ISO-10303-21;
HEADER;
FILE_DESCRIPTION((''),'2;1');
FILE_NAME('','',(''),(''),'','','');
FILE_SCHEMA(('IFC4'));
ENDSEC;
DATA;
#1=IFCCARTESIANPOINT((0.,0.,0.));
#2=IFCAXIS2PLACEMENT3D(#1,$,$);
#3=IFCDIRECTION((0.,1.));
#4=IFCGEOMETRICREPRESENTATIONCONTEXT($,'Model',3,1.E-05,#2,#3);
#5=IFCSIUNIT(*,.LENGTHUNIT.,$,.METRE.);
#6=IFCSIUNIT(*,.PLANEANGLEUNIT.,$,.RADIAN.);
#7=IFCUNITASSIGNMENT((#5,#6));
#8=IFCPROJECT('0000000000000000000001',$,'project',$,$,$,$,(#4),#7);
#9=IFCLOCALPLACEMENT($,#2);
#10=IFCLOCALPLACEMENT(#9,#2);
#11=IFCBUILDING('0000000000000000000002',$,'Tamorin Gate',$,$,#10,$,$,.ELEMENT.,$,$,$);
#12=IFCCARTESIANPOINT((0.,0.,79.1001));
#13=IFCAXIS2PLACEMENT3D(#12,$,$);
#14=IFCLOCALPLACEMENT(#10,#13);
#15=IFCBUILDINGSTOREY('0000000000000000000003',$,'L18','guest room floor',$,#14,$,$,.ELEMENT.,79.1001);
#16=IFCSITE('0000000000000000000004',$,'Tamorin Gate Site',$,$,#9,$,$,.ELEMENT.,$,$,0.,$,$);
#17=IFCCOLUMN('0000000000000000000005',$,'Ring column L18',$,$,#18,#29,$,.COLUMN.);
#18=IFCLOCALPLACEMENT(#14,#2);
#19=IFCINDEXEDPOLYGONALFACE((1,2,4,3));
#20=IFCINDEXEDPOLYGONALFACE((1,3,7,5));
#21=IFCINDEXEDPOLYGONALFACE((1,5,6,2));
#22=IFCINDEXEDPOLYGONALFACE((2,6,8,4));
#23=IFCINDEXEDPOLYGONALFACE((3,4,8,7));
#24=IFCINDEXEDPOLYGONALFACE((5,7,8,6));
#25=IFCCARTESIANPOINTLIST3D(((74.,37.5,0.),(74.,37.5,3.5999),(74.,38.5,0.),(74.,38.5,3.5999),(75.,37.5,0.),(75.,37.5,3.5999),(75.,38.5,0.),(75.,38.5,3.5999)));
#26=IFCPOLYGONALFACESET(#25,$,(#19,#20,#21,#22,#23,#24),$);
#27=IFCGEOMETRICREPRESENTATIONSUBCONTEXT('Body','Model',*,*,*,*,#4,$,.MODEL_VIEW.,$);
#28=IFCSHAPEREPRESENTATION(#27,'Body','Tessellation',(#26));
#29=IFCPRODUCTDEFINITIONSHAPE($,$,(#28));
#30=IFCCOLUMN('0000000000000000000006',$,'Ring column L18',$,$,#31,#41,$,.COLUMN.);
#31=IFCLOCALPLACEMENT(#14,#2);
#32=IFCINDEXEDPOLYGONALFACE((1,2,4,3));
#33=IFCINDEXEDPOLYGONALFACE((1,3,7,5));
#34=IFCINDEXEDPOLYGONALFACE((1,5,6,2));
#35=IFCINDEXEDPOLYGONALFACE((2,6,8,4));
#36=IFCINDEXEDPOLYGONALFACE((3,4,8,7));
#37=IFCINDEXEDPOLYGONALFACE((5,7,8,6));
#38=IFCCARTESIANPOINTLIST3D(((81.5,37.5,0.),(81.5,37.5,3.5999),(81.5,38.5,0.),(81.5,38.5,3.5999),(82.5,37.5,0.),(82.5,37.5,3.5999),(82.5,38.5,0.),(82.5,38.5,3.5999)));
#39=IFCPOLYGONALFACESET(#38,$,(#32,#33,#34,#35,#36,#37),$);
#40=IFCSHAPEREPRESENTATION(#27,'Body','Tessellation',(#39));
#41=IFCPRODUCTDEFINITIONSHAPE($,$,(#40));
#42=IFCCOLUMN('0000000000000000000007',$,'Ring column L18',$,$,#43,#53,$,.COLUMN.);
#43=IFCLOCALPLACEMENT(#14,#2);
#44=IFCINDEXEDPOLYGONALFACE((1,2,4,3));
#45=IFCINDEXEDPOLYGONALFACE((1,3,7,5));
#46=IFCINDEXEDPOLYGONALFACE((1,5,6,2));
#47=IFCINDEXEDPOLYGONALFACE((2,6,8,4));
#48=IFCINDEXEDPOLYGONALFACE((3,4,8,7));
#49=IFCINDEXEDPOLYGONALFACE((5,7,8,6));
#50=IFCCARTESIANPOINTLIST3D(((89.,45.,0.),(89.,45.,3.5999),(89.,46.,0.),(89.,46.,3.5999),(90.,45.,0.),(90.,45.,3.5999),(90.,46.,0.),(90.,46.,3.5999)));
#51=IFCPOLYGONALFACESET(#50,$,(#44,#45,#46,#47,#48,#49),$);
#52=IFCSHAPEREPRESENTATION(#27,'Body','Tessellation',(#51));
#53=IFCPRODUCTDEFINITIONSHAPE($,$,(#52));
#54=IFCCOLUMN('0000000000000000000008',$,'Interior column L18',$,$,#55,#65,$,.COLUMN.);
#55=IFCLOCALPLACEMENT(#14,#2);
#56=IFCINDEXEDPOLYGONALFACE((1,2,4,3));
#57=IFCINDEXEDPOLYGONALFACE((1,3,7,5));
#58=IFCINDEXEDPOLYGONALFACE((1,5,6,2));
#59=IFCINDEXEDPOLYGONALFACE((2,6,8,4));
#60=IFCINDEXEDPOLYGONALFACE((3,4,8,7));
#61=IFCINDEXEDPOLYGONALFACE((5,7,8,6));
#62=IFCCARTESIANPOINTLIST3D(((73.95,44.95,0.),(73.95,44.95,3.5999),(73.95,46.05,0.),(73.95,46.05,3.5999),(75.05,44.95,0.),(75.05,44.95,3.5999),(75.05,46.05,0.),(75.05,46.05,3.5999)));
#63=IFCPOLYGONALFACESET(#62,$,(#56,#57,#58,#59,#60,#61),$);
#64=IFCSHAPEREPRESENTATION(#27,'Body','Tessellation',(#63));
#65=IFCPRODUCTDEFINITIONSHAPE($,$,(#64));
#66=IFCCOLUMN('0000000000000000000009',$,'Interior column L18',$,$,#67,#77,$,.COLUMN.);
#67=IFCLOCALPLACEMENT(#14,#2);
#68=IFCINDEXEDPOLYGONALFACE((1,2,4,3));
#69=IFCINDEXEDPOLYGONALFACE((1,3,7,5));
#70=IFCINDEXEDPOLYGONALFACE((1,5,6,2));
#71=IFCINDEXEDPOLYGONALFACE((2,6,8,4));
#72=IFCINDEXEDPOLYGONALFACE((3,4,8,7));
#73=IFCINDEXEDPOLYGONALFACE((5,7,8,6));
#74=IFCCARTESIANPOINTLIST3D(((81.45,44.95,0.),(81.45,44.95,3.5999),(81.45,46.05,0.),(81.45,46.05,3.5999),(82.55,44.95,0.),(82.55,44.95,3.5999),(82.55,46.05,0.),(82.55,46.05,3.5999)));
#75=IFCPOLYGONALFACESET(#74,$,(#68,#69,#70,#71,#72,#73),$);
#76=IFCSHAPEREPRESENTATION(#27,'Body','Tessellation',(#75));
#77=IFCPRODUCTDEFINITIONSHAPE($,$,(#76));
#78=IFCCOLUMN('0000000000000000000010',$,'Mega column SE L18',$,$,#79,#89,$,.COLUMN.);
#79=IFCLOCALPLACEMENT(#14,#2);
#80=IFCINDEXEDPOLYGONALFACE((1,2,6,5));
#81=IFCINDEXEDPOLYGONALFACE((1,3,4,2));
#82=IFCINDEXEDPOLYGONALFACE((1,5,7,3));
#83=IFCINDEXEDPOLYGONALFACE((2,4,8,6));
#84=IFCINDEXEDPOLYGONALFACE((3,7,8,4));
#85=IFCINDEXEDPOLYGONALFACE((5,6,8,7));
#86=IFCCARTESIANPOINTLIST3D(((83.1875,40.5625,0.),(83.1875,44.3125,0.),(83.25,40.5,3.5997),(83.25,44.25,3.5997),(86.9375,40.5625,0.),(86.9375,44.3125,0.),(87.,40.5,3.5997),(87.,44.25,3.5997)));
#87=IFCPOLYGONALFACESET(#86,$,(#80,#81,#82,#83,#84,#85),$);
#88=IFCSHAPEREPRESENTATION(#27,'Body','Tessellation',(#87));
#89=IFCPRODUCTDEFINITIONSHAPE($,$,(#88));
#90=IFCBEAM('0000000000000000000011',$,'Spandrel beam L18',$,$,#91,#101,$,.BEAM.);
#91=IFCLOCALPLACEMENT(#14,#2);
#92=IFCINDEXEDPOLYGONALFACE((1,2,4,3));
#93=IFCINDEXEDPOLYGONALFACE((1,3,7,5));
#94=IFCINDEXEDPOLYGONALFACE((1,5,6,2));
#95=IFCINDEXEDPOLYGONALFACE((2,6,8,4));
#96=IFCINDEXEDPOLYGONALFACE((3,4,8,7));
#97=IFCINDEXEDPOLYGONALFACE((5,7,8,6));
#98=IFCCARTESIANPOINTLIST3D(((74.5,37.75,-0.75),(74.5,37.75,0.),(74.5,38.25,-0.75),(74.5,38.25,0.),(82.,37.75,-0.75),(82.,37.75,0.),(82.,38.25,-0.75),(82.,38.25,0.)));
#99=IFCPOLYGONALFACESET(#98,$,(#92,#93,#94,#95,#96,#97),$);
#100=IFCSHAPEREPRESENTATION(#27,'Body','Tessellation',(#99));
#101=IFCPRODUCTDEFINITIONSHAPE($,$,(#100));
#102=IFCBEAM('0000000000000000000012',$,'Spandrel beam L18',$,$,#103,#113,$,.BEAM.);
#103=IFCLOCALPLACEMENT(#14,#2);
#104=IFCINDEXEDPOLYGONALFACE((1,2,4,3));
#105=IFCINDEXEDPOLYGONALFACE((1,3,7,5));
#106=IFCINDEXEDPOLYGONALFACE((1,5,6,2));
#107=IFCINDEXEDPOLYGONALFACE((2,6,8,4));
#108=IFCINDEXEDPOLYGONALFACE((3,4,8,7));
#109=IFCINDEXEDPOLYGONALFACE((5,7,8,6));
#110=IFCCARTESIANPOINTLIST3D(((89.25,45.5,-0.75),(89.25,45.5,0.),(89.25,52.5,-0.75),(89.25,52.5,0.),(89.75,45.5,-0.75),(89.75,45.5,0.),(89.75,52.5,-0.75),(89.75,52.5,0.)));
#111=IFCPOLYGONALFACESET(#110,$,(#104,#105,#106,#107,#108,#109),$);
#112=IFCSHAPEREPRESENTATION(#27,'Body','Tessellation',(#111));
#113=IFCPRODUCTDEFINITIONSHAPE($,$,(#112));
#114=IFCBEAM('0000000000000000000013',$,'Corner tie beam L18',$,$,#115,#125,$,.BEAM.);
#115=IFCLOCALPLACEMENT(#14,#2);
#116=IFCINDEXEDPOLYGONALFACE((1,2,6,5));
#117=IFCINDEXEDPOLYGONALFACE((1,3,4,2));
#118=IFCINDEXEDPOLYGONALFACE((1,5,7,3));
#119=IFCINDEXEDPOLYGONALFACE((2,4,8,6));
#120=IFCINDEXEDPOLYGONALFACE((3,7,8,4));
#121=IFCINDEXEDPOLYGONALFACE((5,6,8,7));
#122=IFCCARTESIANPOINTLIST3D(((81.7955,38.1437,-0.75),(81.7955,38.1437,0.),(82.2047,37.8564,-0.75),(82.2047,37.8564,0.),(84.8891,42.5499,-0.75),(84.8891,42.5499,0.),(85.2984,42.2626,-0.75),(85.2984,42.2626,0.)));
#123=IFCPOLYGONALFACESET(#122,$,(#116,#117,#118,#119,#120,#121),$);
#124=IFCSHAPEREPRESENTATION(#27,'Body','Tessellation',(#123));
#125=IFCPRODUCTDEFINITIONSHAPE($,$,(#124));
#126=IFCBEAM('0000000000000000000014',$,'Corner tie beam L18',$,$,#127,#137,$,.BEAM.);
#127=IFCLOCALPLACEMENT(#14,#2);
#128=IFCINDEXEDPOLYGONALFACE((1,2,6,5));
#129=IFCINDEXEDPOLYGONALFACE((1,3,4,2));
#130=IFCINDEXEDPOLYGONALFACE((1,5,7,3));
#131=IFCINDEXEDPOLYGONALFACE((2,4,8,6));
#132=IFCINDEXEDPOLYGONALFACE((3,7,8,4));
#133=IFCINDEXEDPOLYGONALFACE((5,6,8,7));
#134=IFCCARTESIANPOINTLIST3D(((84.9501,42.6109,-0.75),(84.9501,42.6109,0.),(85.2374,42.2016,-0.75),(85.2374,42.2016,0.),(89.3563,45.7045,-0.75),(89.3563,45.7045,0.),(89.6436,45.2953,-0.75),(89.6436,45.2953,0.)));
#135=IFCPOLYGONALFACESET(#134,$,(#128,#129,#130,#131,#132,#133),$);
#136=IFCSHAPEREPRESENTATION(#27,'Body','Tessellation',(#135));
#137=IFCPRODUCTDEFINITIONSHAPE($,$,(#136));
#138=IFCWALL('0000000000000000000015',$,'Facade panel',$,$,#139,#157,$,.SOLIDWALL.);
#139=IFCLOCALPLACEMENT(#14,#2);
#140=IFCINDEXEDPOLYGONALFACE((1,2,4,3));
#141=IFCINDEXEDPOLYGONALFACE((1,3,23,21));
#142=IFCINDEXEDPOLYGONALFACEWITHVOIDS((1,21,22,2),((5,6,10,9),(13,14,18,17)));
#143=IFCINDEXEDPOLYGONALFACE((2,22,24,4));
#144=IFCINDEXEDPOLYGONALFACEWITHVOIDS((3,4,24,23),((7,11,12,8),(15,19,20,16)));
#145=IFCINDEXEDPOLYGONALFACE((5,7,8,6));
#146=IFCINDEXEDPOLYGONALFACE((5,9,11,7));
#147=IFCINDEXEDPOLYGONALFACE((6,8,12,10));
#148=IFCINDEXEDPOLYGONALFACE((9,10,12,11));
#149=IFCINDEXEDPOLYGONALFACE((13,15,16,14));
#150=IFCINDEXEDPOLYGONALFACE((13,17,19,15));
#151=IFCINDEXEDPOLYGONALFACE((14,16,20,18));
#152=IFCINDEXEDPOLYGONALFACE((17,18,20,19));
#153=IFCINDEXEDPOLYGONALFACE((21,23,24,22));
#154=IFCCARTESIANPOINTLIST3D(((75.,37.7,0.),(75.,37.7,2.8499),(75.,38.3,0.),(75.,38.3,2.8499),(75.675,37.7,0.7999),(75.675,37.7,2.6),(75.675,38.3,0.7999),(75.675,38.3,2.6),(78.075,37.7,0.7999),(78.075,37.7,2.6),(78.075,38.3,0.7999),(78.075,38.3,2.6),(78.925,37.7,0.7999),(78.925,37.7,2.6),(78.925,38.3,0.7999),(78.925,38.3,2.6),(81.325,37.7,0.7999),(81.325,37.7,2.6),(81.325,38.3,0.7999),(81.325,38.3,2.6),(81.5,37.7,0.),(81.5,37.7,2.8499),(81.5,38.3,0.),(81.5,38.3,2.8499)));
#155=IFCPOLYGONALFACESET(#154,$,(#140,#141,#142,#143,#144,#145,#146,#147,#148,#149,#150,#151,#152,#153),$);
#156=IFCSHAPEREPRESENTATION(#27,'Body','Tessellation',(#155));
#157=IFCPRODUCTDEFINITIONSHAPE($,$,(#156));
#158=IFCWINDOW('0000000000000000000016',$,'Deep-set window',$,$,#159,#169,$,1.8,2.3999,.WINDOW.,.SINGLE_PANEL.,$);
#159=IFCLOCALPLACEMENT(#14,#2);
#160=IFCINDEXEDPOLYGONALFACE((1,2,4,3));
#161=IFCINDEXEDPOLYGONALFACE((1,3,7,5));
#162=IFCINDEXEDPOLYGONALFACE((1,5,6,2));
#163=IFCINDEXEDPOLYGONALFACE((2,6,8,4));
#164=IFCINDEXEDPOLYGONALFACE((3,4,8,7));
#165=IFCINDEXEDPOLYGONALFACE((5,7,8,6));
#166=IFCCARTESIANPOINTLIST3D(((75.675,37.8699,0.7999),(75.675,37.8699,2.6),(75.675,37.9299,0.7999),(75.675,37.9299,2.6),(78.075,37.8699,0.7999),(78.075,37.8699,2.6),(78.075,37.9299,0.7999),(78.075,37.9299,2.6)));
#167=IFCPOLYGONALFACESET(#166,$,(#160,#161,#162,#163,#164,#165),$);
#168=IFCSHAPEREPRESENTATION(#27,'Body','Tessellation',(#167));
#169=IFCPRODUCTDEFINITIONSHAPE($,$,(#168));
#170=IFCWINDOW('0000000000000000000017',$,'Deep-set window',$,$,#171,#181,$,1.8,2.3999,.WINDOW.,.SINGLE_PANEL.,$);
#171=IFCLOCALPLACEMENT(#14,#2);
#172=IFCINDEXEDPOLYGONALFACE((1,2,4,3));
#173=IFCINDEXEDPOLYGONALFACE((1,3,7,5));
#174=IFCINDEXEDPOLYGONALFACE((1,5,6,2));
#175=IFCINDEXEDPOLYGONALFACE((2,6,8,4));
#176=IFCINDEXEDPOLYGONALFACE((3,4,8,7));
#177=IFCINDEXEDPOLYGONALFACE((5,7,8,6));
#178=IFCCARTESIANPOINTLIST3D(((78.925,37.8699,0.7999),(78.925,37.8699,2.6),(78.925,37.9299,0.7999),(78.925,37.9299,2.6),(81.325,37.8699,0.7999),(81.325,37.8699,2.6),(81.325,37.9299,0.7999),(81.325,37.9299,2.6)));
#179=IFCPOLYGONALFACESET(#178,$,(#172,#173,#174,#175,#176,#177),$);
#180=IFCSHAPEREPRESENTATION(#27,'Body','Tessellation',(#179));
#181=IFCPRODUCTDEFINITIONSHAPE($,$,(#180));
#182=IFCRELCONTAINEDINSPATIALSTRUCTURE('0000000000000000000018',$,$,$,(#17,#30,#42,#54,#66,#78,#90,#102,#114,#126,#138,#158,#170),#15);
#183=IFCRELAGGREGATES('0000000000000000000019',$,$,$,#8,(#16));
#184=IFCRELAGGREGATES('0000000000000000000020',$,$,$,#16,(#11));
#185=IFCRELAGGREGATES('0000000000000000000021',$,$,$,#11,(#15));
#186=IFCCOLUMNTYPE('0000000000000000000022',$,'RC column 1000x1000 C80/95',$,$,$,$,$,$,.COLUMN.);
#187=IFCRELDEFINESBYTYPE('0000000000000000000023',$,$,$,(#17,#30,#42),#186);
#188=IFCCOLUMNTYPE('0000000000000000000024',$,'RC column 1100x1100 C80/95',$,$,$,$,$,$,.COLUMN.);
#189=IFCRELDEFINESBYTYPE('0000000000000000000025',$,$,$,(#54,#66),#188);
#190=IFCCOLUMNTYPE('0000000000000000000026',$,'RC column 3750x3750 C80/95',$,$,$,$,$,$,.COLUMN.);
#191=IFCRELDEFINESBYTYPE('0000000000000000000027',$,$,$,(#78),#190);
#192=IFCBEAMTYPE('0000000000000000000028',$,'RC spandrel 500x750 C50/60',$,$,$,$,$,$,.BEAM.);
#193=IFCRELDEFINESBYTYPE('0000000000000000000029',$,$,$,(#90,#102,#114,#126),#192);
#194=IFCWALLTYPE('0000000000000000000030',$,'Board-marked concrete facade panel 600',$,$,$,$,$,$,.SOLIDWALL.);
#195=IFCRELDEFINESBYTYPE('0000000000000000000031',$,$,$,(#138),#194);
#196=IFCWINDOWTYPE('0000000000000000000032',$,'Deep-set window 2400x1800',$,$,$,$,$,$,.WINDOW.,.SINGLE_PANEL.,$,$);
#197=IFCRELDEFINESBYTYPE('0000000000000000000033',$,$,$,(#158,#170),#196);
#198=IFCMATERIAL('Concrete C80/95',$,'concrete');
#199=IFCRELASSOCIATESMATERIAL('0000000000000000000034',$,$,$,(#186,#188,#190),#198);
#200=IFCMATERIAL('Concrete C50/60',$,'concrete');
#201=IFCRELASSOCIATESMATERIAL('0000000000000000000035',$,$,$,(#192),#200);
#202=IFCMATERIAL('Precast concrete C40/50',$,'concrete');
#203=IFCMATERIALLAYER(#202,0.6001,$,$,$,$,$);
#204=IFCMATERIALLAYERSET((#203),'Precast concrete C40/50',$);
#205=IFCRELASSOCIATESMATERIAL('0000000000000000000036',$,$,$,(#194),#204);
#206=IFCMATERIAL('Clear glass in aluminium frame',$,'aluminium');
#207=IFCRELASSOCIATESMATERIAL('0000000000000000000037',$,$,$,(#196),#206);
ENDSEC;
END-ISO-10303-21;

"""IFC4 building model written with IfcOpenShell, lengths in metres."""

from ifc_helpers import new_model, si_unit, direction, frame, frame_2d, origin, origin_2d, place, context, subcontext, project, spatial, rectangle, extrude, material, layer, layer_set, material_profile, profile_set, type_object, element, fill, save


model = new_model("IFC4")

# Units and contexts
model_context = context("Model", 3, precision=1e-05, world=origin(), true_north=direction((0.0, 1.0)))
body_context = subcontext(model_context, "Body", "Model", "MODEL_VIEW")
ifc_project = project(units=[si_unit("LENGTHUNIT", "METRE"), si_unit("PLANEANGLEUNIT", "RADIAN")], contexts=[model_context])

# Site, building, storey
site_placement = place(None, origin())
site = spatial("IfcSite", under=ifc_project, at=site_placement, Name="Tamorin Gate Site", CompositionType="ELEMENT", RefElevation=0.0)
building_placement = place(site_placement, origin())
building = spatial("IfcBuilding", under=site, at=building_placement, Name="Tamorin Gate", CompositionType="ELEMENT")
storey_placement = place(building_placement, frame((0.0, 0.0, 79.1001)))
storey = spatial("IfcBuildingStorey", under=building, at=storey_placement, Name="L18", Description="guest room floor", CompositionType="ELEMENT", Elevation=79.1001)

# Columns
ifc_material_1 = material(Name="Concrete C80/95", Category="concrete")
ifc_material_profile_1 = material_profile(ifc_material_1, rectangle(XDim=1.0, YDim=1.0, at=origin_2d()), Name="RC 1000x1000")
ifc_profile_set_1 = profile_set([ifc_material_profile_1], Name="Concrete C80/95")
column_type_1 = type_object("IfcColumnType", Name="RC column 1000x1000 C80/95", PredefinedType="COLUMN", material=ifc_profile_set_1)
for number, where, z_axis, x_axis, name in (
    (1, (74.5, 38.0, 0.0), (0.0, 0.0, 1.0), (1.0, 0.0, 0.0), "Ring column L18"),
    (2, (82.0, 38.0, 0.0), (0.0, 0.0, 1.0), (1.0, 0.0, 0.0), "Ring column L18"),
    (3, (89.5, 45.5, 0.0), (0.0, 0.0, 1.0), (1.0, 0.0, 0.0), "Ring column L18"),
):
    element("IfcColumn", number, at=place(storey_placement, frame(where, z_axis=z_axis, x_axis=x_axis)), inside=storey, type_object=column_type_1, Name=name, PredefinedType="COLUMN", context=body_context, shape_type="SweptSolid", body=[
        extrude(rectangle(XDim=1.0, YDim=1.0, at=origin_2d()), origin(), (0.0, 0.0, 1.0), 3.5999),
    ])
ifc_material_profile_2 = material_profile(ifc_material_1, rectangle(XDim=1.1001, YDim=1.1001, at=origin_2d()), Name="RC 1100x1100")
ifc_profile_set_2 = profile_set([ifc_material_profile_2], Name="Concrete C80/95")
column_type_2 = type_object("IfcColumnType", Name="RC column 1100x1100 C80/95", PredefinedType="COLUMN", material=ifc_profile_set_2)
for number, where, z_axis, x_axis, name in (
    (4, (74.5, 45.5, 0.0), (0.0, 0.0, 1.0), (1.0, 0.0, 0.0), "Interior column L18"),
    (5, (82.0, 45.5, 0.0), (0.0, 0.0, 1.0), (1.0, 0.0, 0.0), "Interior column L18"),
):
    element("IfcColumn", number, at=place(storey_placement, frame(where, z_axis=z_axis, x_axis=x_axis)), inside=storey, type_object=column_type_2, Name=name, PredefinedType="COLUMN", context=body_context, shape_type="SweptSolid", body=[
        extrude(rectangle(XDim=1.1001, YDim=1.1001, at=origin_2d()), origin(), (0.0, 0.0, 1.0), 3.5999),
    ])
ifc_material_profile_3 = material_profile(ifc_material_1, rectangle(XDim=3.75, YDim=3.75, at=origin_2d()), Name="RC 3750x3750")
ifc_profile_set_3 = profile_set([ifc_material_profile_3], Name="Concrete C80/95")
column_type_3 = type_object("IfcColumnType", Name="RC column 3750x3750 C80/95", PredefinedType="COLUMN", material=ifc_profile_set_3)
column_placement = place(storey_placement, frame((85.0625, 42.4375, 0.0), z_axis=(0.0, 0.0, 1.0), x_axis=(0.0, -1.0, 0.0)))
element("IfcColumn", 6, at=column_placement, inside=storey, type_object=column_type_3, Name="Mega column SE L18", PredefinedType="COLUMN", context=body_context, shape_type="SweptSolid", body=[
    extrude(rectangle(XDim=3.75, YDim=3.75, at=origin_2d()), origin(), (0.017357, 0.017357, 0.999699), 3.6008),
])

# Beams
ifc_material_2 = material(Name="Concrete C50/60", Category="concrete")
ifc_material_profile_4 = material_profile(ifc_material_2, rectangle(XDim=0.5, YDim=0.75, at=origin_2d()), Name="RC 500x750")
ifc_profile_set_4 = profile_set([ifc_material_profile_4], Name="Concrete C50/60")
beam_type = type_object("IfcBeamType", Name="RC spandrel 500x750 C50/60", PredefinedType="BEAM", material=ifc_profile_set_4)
beam_1_placement = place(storey_placement, frame((74.5, 38.0, -0.375), z_axis=(1.0, 0.0, 0.0), x_axis=(0.0, 1.0, 0.0)))
element("IfcBeam", 7, at=beam_1_placement, inside=storey, type_object=beam_type, Name="Spandrel beam L18", PredefinedType="BEAM", context=body_context, shape_type="SweptSolid", body=[
    extrude(rectangle(XDim=0.5, YDim=0.75, at=origin_2d()), origin(), (0.0, 0.0, 1.0), 7.5),
])
beam_2_placement = place(storey_placement, frame((89.5, 45.5, -0.375), z_axis=(0.0, 1.0, 0.0), x_axis=(-1.0, 0.0, 0.0)))
element("IfcBeam", 8, at=beam_2_placement, inside=storey, type_object=beam_type, Name="Spandrel beam L18", PredefinedType="BEAM", context=body_context, shape_type="SweptSolid", body=[
    extrude(rectangle(XDim=0.5, YDim=0.75, at=origin_2d()), origin(), (0.0, 0.0, 1.0), 7.0),
])
for number, where, z_axis, x_axis, name in (
    (9, (85.0938, 42.4062, -0.375), (-0.57463, -0.818413, 0.0), (0.818413, -0.57463, 0.0), "Corner tie beam L18"),
    (10, (85.0938, 42.4062, -0.375), (0.818413, 0.57463, 0.0), (-0.57463, 0.818413, 0.0), "Corner tie beam L18"),
):
    element("IfcBeam", number, at=place(storey_placement, frame(where, z_axis=z_axis, x_axis=x_axis)), inside=storey, type_object=beam_type, Name=name, PredefinedType="BEAM", context=body_context, shape_type="SweptSolid", body=[
        extrude(rectangle(XDim=0.5, YDim=0.75, at=origin_2d()), origin(), (0.0, 0.0, 1.0), 5.3838),
    ])

# Wall, openings, windows
ifc_material_3 = material(Name="Precast concrete C40/50", Category="concrete")
ifc_layer_1 = layer(ifc_material_3, 0.6001)
ifc_layer_set_1 = layer_set([ifc_layer_1], Name="Precast concrete C40/50")
wall_type_1 = type_object("IfcWallType", Name="Board-marked concrete facade panel 600", PredefinedType="SOLIDWALL", material=ifc_layer_set_1)
wall_1_placement = place(storey_placement, frame((75.0, 38.0, 0.0), z_axis=(0.0, 0.0, 1.0), x_axis=(1.0, 0.0, 0.0)))
wall_1 = element("IfcWall", 11, at=wall_1_placement, inside=storey, type_object=wall_type_1, Name="Facade panel", PredefinedType="SOLIDWALL", context=body_context, shape_type="SweptSolid", body=[
    extrude(rectangle(XDim=6.5, YDim=0.6001, at=frame_2d((3.25, 0.0))), origin(), (0.0, 0.0, 1.0), 2.8499),
])
opening_1_placement = place(wall_1_placement, frame((0.675, 0.0, 0.8)))
opening_1 = element("IfcOpeningElement", 12, at=opening_1_placement, cuts=wall_1, PredefinedType="OPENING", context=body_context, shape_type="SweptSolid", body=[
    extrude(rectangle(XDim=2.3999, YDim=1.8, at=frame_2d((1.2, 0.8999))), frame((0.0, 0.3101, 0.0), z_axis=(0.0, -1.0, 0.0), x_axis=(1.0, 0.0, 0.0)), (0.0, 0.0, 1.0), 0.6201),
])
opening_2_placement = place(wall_1_placement, frame((3.925, 0.0, 0.8)))
opening_2 = element("IfcOpeningElement", 13, at=opening_2_placement, cuts=wall_1, PredefinedType="OPENING", context=body_context, shape_type="SweptSolid", body=[
    extrude(rectangle(XDim=2.3999, YDim=1.8, at=frame_2d((1.2, 0.8999))), frame((0.0, 0.3101, 0.0), z_axis=(0.0, -1.0, 0.0), x_axis=(1.0, 0.0, 0.0)), (0.0, 0.0, 1.0), 0.6201),
])
ifc_material_4 = material(Name="Clear glass in aluminium frame", Category="aluminium")
window_type = type_object("IfcWindowType", Name="Deep-set window 2400x1800", PartitioningType="SINGLE_PANEL", PredefinedType="WINDOW", material=ifc_material_4)
window_1_placement = place(opening_1_placement, origin())
window_1 = element("IfcWindow", 14, at=window_1_placement, inside=storey, type_object=window_type, Name="Deep-set window", OverallHeight=1.8, OverallWidth=2.3999, PartitioningType="SINGLE_PANEL", PredefinedType="WINDOW", context=body_context, shape_type="SweptSolid", body=[
    extrude(rectangle(XDim=2.3999, YDim=1.8, at=frame_2d((1.2, 0.8999))), frame((0.0, -0.0701, 0.0), z_axis=(0.0, -1.0, 0.0), x_axis=(1.0, 0.0, 0.0)), (0.0, 0.0, 1.0), 0.0601),
])
fill(opening_1, window_1)
window_2_placement = place(opening_2_placement, origin())
window_2 = element("IfcWindow", 15, at=window_2_placement, inside=storey, type_object=window_type, Name="Deep-set window", OverallHeight=1.8, OverallWidth=2.3999, PartitioningType="SINGLE_PANEL", PredefinedType="WINDOW", context=body_context, shape_type="SweptSolid", body=[
    extrude(rectangle(XDim=2.3999, YDim=1.8, at=frame_2d((1.2, 0.8999))), frame((0.0, -0.0701, 0.0), z_axis=(0.0, -1.0, 0.0), x_axis=(1.0, 0.0, 0.0)), (0.0, 0.0, 1.0), 0.0601),
])
fill(opening_2, window_2)

save(model, "model.ifc")
